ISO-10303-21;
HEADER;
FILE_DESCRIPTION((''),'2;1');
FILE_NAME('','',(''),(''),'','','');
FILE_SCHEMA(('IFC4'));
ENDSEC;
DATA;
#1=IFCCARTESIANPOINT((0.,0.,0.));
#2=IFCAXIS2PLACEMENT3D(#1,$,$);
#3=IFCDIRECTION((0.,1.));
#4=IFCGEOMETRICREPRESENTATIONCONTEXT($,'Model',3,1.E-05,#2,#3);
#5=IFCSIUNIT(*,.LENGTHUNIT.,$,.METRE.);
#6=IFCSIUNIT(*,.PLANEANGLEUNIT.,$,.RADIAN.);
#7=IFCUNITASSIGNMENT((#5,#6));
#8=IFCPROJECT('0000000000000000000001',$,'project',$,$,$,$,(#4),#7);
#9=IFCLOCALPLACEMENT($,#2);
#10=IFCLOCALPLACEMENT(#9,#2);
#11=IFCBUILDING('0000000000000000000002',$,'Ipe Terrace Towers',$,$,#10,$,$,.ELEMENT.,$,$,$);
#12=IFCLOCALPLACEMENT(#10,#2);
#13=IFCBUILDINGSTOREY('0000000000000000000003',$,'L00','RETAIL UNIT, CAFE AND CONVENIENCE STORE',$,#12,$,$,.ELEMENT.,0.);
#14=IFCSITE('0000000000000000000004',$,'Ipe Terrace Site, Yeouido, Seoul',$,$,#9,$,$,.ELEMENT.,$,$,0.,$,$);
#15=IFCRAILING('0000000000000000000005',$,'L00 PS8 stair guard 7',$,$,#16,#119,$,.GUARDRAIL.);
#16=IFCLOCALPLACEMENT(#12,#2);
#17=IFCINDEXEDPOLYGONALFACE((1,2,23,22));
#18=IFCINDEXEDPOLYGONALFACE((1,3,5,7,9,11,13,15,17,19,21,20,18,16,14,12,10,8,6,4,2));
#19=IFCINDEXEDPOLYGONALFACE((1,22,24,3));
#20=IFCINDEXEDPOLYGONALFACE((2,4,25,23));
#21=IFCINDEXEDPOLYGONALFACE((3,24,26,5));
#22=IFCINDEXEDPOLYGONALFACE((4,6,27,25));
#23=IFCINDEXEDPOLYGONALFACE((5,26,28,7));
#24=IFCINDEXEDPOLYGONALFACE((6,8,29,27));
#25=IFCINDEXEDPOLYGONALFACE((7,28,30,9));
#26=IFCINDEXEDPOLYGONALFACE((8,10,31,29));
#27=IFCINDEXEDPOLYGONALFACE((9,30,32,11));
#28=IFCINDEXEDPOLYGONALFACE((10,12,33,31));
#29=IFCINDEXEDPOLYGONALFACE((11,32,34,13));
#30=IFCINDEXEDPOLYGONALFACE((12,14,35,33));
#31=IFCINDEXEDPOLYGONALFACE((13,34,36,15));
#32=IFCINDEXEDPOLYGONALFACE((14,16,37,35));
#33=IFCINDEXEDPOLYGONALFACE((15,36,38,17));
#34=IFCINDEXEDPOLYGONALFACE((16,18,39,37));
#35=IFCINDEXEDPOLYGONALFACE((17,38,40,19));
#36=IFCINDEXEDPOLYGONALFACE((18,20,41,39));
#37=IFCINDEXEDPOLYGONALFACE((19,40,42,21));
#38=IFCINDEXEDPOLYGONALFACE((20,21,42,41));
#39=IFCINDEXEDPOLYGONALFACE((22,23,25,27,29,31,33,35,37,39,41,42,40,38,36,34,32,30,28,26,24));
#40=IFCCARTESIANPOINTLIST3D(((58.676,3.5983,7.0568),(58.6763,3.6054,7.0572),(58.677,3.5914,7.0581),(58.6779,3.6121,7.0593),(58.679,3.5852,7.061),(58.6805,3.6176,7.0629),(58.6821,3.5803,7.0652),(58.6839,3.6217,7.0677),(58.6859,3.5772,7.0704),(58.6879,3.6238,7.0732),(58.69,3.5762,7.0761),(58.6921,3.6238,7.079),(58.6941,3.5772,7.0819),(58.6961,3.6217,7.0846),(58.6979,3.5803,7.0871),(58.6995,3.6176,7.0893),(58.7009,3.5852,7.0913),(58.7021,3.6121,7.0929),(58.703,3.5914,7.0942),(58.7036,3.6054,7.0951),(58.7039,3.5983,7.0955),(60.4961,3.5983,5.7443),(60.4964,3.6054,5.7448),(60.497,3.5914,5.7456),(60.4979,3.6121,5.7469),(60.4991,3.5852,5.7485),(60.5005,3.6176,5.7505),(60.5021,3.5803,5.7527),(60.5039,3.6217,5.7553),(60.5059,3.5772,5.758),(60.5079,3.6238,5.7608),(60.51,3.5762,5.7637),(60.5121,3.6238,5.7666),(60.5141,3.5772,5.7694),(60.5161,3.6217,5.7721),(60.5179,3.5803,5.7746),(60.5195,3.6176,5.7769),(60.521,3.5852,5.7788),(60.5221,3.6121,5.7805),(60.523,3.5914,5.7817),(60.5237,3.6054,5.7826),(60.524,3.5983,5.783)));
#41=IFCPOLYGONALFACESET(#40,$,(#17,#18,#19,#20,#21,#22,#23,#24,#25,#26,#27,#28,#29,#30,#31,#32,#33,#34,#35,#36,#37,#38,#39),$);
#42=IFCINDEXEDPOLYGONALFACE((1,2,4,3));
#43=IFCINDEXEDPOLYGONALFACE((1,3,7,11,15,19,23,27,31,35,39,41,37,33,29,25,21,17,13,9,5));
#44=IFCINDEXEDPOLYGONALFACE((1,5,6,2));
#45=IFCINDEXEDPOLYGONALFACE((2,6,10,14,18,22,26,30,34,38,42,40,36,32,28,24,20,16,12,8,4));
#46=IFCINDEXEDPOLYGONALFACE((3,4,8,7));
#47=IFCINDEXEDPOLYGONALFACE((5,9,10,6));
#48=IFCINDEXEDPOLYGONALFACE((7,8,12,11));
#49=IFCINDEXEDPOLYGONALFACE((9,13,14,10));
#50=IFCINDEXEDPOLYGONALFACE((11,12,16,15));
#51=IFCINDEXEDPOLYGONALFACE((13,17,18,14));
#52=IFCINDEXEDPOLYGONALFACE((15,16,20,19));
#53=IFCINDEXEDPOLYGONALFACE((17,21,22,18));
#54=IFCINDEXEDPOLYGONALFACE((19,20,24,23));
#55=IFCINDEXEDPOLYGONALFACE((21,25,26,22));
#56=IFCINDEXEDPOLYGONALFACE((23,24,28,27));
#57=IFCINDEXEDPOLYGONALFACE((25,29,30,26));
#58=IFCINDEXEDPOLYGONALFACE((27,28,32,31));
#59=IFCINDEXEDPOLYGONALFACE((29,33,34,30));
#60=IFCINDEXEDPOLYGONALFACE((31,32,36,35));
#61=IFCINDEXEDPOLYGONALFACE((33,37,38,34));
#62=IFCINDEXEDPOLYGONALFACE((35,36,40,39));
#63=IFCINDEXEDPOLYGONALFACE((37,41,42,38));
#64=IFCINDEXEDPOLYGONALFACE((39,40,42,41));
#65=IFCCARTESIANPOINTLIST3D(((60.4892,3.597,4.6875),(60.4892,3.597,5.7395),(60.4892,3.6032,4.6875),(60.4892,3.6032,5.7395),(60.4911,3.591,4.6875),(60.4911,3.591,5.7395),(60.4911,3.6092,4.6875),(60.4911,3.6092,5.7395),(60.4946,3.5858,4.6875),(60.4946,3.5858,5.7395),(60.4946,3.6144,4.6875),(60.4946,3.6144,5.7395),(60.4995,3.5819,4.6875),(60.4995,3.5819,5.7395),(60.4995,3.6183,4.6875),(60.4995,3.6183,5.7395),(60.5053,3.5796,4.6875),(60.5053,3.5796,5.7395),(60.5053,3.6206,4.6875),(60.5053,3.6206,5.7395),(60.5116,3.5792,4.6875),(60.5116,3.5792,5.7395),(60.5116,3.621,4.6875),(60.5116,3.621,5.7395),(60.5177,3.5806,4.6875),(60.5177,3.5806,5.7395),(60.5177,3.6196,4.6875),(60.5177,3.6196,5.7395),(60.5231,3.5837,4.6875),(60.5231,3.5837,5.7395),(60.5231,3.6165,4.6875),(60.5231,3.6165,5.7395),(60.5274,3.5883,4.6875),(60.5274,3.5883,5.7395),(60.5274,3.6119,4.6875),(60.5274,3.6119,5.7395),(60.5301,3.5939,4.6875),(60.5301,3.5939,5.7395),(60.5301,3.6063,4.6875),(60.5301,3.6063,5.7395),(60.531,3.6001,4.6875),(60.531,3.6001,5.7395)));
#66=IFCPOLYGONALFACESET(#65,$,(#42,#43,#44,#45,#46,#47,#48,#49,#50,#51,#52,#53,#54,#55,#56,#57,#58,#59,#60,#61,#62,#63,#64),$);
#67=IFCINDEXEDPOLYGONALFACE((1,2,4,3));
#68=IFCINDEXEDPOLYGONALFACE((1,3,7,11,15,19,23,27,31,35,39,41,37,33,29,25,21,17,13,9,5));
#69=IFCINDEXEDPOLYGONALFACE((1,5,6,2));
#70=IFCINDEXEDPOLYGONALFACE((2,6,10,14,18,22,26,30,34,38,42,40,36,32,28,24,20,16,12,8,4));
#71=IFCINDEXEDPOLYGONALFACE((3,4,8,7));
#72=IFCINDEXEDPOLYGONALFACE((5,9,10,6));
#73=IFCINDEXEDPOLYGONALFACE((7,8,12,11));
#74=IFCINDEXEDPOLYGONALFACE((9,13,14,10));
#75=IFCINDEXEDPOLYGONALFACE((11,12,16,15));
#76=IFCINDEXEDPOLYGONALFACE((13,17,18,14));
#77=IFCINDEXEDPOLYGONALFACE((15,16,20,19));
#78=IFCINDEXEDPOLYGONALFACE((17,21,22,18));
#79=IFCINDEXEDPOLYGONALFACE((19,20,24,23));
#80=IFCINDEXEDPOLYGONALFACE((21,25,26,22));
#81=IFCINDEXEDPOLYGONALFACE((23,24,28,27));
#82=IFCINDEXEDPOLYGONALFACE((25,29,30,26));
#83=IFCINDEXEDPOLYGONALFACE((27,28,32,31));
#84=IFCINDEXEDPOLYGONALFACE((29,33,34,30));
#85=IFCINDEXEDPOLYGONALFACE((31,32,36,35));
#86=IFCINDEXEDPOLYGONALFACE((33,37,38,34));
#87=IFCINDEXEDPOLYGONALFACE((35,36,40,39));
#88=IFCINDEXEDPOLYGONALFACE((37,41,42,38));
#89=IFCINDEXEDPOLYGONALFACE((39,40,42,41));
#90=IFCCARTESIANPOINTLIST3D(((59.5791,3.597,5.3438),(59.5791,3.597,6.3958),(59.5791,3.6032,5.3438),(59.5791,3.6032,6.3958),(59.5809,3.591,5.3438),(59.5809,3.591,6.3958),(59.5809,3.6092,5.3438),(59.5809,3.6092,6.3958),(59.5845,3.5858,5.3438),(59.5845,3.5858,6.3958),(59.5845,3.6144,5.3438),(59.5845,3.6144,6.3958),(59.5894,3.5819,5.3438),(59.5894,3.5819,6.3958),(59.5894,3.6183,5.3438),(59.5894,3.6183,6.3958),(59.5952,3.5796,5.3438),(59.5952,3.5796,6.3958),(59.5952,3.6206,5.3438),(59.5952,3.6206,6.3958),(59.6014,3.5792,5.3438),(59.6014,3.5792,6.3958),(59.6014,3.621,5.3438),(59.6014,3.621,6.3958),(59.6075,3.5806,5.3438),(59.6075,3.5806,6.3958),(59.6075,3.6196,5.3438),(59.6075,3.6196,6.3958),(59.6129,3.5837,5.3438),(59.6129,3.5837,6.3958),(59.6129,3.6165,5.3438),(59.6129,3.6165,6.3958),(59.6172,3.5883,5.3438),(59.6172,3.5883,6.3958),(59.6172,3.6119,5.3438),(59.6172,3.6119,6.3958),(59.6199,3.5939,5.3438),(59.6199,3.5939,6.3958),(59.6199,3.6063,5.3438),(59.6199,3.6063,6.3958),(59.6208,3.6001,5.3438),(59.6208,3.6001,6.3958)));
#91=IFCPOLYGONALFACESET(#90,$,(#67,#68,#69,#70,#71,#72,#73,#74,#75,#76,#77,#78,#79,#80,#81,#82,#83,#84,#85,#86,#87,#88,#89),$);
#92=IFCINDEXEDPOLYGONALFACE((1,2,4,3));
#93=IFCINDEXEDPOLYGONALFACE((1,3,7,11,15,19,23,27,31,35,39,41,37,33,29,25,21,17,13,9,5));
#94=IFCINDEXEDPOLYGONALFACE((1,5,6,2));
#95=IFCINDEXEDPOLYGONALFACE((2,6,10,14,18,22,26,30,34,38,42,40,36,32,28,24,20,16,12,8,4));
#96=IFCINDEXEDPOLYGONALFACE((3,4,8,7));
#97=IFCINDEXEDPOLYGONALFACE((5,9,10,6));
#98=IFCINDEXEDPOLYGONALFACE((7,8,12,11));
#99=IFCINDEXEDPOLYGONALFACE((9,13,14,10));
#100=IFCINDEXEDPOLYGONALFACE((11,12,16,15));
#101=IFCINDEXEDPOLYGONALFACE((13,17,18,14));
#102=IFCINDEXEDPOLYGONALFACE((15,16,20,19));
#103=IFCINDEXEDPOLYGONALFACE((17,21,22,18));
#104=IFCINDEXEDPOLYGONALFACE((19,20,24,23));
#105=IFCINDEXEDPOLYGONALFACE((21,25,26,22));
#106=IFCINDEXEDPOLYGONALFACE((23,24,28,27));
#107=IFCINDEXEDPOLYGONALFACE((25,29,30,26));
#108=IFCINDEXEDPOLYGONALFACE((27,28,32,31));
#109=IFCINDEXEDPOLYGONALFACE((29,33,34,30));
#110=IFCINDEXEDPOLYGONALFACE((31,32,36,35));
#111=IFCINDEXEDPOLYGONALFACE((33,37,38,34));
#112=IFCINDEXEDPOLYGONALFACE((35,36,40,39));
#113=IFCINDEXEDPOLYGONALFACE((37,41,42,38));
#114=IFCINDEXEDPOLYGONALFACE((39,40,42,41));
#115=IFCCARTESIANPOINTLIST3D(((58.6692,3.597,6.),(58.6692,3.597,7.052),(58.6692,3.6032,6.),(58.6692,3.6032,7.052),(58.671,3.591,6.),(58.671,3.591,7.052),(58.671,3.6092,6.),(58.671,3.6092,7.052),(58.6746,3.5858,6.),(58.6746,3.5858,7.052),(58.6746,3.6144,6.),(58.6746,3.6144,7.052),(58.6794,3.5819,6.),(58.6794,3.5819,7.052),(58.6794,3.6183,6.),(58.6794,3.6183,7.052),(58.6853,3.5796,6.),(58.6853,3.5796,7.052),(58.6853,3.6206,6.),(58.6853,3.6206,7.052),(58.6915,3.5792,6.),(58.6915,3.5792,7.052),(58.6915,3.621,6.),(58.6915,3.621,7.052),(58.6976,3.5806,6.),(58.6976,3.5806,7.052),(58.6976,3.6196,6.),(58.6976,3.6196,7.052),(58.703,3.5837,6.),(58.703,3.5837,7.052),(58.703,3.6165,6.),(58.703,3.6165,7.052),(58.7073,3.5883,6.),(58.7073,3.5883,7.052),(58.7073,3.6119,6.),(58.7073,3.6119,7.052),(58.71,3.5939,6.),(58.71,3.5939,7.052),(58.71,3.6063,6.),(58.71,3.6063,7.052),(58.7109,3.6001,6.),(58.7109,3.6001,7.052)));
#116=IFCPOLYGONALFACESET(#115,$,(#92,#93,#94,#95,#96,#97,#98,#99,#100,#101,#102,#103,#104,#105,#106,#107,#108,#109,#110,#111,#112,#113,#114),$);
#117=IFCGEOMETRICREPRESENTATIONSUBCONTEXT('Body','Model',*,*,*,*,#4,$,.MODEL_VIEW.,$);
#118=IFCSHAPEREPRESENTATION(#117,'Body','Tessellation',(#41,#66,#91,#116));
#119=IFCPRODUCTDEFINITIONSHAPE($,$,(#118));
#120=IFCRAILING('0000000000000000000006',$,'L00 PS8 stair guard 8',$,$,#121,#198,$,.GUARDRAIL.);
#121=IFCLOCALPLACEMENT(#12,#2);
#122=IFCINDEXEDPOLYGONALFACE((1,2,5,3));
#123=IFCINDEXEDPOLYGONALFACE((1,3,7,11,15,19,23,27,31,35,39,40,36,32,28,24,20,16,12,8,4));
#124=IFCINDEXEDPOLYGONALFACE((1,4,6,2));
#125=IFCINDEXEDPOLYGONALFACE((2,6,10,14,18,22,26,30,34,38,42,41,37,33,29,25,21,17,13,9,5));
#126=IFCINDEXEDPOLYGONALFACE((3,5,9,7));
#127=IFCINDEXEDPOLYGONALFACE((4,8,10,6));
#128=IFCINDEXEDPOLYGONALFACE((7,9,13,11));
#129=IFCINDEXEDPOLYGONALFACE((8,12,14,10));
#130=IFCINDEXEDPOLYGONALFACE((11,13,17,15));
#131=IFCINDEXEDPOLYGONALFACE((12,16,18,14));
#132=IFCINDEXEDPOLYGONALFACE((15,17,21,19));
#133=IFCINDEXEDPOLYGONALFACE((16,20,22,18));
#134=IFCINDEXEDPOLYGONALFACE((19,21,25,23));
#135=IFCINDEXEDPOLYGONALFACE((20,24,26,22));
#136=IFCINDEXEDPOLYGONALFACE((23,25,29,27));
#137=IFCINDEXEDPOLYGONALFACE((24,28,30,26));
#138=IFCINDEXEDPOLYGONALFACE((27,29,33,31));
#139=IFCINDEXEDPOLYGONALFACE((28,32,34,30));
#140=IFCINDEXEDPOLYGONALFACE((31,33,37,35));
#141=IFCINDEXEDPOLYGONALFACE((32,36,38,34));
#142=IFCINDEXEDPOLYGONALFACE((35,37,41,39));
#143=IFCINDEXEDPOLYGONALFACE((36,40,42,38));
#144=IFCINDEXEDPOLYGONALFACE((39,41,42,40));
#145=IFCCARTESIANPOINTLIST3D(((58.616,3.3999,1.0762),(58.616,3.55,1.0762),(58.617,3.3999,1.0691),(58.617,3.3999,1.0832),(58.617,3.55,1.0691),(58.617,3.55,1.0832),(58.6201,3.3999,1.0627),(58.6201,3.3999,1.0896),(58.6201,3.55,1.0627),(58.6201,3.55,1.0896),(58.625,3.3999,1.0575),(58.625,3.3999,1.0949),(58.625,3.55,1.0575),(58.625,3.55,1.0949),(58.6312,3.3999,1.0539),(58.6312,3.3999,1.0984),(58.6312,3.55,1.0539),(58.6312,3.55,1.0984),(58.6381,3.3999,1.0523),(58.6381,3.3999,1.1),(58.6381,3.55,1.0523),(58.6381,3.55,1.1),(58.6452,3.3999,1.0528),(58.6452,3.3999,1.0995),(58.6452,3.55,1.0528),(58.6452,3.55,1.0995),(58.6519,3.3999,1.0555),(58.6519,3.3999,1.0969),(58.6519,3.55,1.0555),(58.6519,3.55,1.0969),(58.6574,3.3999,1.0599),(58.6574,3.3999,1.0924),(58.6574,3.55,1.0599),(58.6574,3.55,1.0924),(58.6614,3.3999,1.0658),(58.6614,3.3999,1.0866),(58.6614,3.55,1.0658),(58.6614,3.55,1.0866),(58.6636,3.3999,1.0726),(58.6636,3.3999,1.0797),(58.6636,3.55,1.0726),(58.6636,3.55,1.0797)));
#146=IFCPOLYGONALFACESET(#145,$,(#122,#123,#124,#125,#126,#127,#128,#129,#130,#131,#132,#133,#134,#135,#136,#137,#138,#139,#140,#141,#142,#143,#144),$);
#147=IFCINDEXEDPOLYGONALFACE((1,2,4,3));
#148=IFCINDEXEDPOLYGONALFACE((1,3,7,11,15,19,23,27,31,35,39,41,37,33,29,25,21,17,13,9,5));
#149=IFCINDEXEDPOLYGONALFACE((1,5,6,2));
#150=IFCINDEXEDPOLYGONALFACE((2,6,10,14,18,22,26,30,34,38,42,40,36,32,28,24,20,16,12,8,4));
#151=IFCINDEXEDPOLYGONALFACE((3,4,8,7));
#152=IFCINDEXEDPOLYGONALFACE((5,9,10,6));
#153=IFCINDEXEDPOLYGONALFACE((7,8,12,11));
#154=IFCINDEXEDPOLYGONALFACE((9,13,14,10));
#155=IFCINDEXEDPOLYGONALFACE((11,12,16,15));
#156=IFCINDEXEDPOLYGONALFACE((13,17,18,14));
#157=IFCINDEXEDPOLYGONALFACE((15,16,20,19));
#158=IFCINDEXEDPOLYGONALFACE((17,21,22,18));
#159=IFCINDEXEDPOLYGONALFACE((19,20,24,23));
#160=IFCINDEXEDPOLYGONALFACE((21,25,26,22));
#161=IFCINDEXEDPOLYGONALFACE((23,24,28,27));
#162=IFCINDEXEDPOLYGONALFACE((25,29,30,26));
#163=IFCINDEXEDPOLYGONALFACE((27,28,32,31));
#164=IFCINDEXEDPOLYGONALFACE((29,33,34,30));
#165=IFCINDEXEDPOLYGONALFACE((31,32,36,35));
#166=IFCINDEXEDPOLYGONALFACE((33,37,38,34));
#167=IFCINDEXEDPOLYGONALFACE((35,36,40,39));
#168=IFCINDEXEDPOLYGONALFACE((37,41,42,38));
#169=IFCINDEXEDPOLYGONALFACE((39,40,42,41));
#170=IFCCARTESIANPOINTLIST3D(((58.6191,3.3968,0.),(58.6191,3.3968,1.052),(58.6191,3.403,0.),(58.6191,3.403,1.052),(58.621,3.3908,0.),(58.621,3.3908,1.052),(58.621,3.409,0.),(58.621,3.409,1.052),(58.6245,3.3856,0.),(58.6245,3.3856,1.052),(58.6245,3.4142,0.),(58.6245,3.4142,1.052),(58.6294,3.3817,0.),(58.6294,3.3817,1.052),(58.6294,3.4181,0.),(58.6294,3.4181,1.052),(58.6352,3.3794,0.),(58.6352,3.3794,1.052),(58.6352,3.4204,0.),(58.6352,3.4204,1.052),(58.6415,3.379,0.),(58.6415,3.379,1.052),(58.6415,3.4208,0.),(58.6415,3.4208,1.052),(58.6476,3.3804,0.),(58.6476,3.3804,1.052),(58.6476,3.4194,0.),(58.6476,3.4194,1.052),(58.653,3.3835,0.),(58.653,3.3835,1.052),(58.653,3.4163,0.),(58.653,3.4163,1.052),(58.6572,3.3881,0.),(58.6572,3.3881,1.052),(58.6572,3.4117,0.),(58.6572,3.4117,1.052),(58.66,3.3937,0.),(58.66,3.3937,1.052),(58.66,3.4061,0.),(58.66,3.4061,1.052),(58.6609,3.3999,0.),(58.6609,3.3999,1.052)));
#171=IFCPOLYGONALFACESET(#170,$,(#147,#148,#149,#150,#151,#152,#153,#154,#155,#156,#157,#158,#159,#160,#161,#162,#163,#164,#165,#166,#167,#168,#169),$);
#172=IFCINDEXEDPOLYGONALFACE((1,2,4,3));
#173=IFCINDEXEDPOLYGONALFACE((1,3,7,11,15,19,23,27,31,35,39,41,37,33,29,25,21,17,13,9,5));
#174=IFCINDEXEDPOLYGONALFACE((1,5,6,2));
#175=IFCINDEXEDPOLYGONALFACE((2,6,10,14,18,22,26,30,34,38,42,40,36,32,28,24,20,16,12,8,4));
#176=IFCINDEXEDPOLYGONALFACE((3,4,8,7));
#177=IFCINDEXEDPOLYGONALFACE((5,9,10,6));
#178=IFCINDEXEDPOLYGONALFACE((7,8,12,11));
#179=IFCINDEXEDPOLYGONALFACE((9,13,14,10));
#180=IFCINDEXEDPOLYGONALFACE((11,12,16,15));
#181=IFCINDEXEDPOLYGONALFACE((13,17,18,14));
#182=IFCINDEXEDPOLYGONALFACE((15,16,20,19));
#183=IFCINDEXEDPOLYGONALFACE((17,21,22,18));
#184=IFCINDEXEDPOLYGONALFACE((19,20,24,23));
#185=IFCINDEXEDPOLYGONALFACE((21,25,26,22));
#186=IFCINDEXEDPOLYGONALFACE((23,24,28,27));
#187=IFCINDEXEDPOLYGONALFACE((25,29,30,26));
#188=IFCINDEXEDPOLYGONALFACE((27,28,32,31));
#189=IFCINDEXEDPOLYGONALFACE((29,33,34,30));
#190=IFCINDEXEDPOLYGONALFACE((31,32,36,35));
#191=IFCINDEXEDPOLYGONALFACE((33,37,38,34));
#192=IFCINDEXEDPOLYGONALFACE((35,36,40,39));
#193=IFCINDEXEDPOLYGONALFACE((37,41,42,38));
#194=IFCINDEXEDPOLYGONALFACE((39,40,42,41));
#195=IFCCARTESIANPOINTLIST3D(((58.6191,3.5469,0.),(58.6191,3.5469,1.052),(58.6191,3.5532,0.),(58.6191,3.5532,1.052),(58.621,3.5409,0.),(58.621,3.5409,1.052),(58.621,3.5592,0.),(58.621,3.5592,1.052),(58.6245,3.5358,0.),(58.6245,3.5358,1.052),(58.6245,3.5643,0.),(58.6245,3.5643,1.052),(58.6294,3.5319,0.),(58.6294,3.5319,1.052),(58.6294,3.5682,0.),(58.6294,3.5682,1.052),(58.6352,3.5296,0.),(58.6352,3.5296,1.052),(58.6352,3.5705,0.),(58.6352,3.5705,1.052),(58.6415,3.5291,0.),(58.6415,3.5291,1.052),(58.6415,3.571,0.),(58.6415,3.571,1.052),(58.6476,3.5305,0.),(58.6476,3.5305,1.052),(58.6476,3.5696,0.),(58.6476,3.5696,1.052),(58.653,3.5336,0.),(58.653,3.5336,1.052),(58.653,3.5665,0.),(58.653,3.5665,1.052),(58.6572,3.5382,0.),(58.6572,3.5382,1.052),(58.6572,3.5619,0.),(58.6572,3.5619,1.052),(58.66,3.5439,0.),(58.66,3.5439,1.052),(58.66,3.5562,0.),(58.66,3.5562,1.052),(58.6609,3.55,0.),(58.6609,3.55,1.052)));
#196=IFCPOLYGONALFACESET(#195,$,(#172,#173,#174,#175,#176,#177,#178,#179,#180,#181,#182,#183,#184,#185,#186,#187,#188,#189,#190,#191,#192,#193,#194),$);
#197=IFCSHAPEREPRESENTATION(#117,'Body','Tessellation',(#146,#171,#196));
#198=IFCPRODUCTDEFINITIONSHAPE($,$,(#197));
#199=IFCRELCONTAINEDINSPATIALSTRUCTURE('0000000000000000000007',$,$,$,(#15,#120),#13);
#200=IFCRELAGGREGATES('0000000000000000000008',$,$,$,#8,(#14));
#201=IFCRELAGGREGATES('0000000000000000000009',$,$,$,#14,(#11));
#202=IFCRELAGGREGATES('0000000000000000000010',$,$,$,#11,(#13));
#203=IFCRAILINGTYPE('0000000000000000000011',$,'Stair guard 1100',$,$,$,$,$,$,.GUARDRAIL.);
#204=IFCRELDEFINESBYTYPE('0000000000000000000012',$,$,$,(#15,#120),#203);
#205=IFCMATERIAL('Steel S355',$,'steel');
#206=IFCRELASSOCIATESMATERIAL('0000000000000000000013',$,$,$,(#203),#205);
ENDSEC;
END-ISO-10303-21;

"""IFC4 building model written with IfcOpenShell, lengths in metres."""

from ifc_helpers import new_model, si_unit, direction, frame, origin, origin_2d, place, context, subcontext, project, spatial, circle, extrude, material, type_object, element, save


model = new_model("IFC4")

# Units and contexts
model_context = context("Model", 3, precision=1e-05, world=origin(), true_north=direction((0.0, 1.0)))
body_context = subcontext(model_context, "Body", "Model", "MODEL_VIEW")
ifc_project = project(units=[si_unit("LENGTHUNIT", "METRE"), si_unit("PLANEANGLEUNIT", "RADIAN")], contexts=[model_context])

# Site, building, storey
site_placement = place(None, origin())
site = spatial("IfcSite", under=ifc_project, at=site_placement, Name="Ipe Terrace Site, Yeouido, Seoul", CompositionType="ELEMENT", RefElevation=0.0)
building_placement = place(site_placement, origin())
building = spatial("IfcBuilding", under=site, at=building_placement, Name="Ipe Terrace Towers", CompositionType="ELEMENT")
storey_placement = place(building_placement, origin())
storey = spatial("IfcBuildingStorey", under=building, at=storey_placement, Name="L00", Description="RETAIL UNIT, CAFE AND CONVENIENCE STORE", CompositionType="ELEMENT", Elevation=0.0)

# Railings
ifc_material_1 = material(Name="Steel S355", Category="steel")
railing_type_1 = type_object("IfcRailingType", Name="Stair guard 1100", PredefinedType="GUARDRAIL", material=ifc_material_1)
railing_1_placement = place(storey_placement, frame((60.51, 3.6001, 4.6875)))
element("IfcRailing", 1, at=railing_1_placement, inside=storey, type_object=railing_type_1, Name="L00 PS8 stair guard 7", PredefinedType="GUARDRAIL", context=body_context, shape_type="SweptSolid", body=[
    extrude(circle(Radius=0.0239, at=origin_2d()), frame((0.0, 0.0, 1.0762), z_axis=(-0.811101, 0.0, 0.584906), x_axis=(0.0, -1.0, 0.0)), (0.0, 0.0, 1.0), 2.2439),
    extrude(circle(Radius=0.021, at=origin_2d()), origin(), (0.0, 0.0, 1.0), 1.052),
    extrude(circle(Radius=0.021, at=origin_2d()), frame((-0.9102, 0.0, 0.6562)), (0.0, 0.0, 1.0), 1.052),
    extrude(circle(Radius=0.021, at=origin_2d()), frame((-1.8201, 0.0, 1.3125)), (0.0, 0.0, 1.0), 1.052),
])
railing_2_placement = place(storey_placement, frame((58.6399, 3.3999, 0.0)))
element("IfcRailing", 2, at=railing_2_placement, inside=storey, type_object=railing_type_1, Name="L00 PS8 stair guard 8", PredefinedType="GUARDRAIL", context=body_context, shape_type="SweptSolid", body=[
    extrude(circle(Radius=0.0239, at=origin_2d()), frame((0.0, 0.0, 1.0762), z_axis=(0.0, 1.0, 0.0), x_axis=(-1.0, 0.0, 0.0)), (0.0, 0.0, 1.0), 0.1501),
    extrude(circle(Radius=0.021, at=origin_2d()), origin(), (0.0, 0.0, 1.0), 1.052),
    extrude(circle(Radius=0.021, at=origin_2d()), frame((0.0, 0.1501, 0.0)), (0.0, 0.0, 1.0), 1.052),
])

save(model, "model.ifc")
